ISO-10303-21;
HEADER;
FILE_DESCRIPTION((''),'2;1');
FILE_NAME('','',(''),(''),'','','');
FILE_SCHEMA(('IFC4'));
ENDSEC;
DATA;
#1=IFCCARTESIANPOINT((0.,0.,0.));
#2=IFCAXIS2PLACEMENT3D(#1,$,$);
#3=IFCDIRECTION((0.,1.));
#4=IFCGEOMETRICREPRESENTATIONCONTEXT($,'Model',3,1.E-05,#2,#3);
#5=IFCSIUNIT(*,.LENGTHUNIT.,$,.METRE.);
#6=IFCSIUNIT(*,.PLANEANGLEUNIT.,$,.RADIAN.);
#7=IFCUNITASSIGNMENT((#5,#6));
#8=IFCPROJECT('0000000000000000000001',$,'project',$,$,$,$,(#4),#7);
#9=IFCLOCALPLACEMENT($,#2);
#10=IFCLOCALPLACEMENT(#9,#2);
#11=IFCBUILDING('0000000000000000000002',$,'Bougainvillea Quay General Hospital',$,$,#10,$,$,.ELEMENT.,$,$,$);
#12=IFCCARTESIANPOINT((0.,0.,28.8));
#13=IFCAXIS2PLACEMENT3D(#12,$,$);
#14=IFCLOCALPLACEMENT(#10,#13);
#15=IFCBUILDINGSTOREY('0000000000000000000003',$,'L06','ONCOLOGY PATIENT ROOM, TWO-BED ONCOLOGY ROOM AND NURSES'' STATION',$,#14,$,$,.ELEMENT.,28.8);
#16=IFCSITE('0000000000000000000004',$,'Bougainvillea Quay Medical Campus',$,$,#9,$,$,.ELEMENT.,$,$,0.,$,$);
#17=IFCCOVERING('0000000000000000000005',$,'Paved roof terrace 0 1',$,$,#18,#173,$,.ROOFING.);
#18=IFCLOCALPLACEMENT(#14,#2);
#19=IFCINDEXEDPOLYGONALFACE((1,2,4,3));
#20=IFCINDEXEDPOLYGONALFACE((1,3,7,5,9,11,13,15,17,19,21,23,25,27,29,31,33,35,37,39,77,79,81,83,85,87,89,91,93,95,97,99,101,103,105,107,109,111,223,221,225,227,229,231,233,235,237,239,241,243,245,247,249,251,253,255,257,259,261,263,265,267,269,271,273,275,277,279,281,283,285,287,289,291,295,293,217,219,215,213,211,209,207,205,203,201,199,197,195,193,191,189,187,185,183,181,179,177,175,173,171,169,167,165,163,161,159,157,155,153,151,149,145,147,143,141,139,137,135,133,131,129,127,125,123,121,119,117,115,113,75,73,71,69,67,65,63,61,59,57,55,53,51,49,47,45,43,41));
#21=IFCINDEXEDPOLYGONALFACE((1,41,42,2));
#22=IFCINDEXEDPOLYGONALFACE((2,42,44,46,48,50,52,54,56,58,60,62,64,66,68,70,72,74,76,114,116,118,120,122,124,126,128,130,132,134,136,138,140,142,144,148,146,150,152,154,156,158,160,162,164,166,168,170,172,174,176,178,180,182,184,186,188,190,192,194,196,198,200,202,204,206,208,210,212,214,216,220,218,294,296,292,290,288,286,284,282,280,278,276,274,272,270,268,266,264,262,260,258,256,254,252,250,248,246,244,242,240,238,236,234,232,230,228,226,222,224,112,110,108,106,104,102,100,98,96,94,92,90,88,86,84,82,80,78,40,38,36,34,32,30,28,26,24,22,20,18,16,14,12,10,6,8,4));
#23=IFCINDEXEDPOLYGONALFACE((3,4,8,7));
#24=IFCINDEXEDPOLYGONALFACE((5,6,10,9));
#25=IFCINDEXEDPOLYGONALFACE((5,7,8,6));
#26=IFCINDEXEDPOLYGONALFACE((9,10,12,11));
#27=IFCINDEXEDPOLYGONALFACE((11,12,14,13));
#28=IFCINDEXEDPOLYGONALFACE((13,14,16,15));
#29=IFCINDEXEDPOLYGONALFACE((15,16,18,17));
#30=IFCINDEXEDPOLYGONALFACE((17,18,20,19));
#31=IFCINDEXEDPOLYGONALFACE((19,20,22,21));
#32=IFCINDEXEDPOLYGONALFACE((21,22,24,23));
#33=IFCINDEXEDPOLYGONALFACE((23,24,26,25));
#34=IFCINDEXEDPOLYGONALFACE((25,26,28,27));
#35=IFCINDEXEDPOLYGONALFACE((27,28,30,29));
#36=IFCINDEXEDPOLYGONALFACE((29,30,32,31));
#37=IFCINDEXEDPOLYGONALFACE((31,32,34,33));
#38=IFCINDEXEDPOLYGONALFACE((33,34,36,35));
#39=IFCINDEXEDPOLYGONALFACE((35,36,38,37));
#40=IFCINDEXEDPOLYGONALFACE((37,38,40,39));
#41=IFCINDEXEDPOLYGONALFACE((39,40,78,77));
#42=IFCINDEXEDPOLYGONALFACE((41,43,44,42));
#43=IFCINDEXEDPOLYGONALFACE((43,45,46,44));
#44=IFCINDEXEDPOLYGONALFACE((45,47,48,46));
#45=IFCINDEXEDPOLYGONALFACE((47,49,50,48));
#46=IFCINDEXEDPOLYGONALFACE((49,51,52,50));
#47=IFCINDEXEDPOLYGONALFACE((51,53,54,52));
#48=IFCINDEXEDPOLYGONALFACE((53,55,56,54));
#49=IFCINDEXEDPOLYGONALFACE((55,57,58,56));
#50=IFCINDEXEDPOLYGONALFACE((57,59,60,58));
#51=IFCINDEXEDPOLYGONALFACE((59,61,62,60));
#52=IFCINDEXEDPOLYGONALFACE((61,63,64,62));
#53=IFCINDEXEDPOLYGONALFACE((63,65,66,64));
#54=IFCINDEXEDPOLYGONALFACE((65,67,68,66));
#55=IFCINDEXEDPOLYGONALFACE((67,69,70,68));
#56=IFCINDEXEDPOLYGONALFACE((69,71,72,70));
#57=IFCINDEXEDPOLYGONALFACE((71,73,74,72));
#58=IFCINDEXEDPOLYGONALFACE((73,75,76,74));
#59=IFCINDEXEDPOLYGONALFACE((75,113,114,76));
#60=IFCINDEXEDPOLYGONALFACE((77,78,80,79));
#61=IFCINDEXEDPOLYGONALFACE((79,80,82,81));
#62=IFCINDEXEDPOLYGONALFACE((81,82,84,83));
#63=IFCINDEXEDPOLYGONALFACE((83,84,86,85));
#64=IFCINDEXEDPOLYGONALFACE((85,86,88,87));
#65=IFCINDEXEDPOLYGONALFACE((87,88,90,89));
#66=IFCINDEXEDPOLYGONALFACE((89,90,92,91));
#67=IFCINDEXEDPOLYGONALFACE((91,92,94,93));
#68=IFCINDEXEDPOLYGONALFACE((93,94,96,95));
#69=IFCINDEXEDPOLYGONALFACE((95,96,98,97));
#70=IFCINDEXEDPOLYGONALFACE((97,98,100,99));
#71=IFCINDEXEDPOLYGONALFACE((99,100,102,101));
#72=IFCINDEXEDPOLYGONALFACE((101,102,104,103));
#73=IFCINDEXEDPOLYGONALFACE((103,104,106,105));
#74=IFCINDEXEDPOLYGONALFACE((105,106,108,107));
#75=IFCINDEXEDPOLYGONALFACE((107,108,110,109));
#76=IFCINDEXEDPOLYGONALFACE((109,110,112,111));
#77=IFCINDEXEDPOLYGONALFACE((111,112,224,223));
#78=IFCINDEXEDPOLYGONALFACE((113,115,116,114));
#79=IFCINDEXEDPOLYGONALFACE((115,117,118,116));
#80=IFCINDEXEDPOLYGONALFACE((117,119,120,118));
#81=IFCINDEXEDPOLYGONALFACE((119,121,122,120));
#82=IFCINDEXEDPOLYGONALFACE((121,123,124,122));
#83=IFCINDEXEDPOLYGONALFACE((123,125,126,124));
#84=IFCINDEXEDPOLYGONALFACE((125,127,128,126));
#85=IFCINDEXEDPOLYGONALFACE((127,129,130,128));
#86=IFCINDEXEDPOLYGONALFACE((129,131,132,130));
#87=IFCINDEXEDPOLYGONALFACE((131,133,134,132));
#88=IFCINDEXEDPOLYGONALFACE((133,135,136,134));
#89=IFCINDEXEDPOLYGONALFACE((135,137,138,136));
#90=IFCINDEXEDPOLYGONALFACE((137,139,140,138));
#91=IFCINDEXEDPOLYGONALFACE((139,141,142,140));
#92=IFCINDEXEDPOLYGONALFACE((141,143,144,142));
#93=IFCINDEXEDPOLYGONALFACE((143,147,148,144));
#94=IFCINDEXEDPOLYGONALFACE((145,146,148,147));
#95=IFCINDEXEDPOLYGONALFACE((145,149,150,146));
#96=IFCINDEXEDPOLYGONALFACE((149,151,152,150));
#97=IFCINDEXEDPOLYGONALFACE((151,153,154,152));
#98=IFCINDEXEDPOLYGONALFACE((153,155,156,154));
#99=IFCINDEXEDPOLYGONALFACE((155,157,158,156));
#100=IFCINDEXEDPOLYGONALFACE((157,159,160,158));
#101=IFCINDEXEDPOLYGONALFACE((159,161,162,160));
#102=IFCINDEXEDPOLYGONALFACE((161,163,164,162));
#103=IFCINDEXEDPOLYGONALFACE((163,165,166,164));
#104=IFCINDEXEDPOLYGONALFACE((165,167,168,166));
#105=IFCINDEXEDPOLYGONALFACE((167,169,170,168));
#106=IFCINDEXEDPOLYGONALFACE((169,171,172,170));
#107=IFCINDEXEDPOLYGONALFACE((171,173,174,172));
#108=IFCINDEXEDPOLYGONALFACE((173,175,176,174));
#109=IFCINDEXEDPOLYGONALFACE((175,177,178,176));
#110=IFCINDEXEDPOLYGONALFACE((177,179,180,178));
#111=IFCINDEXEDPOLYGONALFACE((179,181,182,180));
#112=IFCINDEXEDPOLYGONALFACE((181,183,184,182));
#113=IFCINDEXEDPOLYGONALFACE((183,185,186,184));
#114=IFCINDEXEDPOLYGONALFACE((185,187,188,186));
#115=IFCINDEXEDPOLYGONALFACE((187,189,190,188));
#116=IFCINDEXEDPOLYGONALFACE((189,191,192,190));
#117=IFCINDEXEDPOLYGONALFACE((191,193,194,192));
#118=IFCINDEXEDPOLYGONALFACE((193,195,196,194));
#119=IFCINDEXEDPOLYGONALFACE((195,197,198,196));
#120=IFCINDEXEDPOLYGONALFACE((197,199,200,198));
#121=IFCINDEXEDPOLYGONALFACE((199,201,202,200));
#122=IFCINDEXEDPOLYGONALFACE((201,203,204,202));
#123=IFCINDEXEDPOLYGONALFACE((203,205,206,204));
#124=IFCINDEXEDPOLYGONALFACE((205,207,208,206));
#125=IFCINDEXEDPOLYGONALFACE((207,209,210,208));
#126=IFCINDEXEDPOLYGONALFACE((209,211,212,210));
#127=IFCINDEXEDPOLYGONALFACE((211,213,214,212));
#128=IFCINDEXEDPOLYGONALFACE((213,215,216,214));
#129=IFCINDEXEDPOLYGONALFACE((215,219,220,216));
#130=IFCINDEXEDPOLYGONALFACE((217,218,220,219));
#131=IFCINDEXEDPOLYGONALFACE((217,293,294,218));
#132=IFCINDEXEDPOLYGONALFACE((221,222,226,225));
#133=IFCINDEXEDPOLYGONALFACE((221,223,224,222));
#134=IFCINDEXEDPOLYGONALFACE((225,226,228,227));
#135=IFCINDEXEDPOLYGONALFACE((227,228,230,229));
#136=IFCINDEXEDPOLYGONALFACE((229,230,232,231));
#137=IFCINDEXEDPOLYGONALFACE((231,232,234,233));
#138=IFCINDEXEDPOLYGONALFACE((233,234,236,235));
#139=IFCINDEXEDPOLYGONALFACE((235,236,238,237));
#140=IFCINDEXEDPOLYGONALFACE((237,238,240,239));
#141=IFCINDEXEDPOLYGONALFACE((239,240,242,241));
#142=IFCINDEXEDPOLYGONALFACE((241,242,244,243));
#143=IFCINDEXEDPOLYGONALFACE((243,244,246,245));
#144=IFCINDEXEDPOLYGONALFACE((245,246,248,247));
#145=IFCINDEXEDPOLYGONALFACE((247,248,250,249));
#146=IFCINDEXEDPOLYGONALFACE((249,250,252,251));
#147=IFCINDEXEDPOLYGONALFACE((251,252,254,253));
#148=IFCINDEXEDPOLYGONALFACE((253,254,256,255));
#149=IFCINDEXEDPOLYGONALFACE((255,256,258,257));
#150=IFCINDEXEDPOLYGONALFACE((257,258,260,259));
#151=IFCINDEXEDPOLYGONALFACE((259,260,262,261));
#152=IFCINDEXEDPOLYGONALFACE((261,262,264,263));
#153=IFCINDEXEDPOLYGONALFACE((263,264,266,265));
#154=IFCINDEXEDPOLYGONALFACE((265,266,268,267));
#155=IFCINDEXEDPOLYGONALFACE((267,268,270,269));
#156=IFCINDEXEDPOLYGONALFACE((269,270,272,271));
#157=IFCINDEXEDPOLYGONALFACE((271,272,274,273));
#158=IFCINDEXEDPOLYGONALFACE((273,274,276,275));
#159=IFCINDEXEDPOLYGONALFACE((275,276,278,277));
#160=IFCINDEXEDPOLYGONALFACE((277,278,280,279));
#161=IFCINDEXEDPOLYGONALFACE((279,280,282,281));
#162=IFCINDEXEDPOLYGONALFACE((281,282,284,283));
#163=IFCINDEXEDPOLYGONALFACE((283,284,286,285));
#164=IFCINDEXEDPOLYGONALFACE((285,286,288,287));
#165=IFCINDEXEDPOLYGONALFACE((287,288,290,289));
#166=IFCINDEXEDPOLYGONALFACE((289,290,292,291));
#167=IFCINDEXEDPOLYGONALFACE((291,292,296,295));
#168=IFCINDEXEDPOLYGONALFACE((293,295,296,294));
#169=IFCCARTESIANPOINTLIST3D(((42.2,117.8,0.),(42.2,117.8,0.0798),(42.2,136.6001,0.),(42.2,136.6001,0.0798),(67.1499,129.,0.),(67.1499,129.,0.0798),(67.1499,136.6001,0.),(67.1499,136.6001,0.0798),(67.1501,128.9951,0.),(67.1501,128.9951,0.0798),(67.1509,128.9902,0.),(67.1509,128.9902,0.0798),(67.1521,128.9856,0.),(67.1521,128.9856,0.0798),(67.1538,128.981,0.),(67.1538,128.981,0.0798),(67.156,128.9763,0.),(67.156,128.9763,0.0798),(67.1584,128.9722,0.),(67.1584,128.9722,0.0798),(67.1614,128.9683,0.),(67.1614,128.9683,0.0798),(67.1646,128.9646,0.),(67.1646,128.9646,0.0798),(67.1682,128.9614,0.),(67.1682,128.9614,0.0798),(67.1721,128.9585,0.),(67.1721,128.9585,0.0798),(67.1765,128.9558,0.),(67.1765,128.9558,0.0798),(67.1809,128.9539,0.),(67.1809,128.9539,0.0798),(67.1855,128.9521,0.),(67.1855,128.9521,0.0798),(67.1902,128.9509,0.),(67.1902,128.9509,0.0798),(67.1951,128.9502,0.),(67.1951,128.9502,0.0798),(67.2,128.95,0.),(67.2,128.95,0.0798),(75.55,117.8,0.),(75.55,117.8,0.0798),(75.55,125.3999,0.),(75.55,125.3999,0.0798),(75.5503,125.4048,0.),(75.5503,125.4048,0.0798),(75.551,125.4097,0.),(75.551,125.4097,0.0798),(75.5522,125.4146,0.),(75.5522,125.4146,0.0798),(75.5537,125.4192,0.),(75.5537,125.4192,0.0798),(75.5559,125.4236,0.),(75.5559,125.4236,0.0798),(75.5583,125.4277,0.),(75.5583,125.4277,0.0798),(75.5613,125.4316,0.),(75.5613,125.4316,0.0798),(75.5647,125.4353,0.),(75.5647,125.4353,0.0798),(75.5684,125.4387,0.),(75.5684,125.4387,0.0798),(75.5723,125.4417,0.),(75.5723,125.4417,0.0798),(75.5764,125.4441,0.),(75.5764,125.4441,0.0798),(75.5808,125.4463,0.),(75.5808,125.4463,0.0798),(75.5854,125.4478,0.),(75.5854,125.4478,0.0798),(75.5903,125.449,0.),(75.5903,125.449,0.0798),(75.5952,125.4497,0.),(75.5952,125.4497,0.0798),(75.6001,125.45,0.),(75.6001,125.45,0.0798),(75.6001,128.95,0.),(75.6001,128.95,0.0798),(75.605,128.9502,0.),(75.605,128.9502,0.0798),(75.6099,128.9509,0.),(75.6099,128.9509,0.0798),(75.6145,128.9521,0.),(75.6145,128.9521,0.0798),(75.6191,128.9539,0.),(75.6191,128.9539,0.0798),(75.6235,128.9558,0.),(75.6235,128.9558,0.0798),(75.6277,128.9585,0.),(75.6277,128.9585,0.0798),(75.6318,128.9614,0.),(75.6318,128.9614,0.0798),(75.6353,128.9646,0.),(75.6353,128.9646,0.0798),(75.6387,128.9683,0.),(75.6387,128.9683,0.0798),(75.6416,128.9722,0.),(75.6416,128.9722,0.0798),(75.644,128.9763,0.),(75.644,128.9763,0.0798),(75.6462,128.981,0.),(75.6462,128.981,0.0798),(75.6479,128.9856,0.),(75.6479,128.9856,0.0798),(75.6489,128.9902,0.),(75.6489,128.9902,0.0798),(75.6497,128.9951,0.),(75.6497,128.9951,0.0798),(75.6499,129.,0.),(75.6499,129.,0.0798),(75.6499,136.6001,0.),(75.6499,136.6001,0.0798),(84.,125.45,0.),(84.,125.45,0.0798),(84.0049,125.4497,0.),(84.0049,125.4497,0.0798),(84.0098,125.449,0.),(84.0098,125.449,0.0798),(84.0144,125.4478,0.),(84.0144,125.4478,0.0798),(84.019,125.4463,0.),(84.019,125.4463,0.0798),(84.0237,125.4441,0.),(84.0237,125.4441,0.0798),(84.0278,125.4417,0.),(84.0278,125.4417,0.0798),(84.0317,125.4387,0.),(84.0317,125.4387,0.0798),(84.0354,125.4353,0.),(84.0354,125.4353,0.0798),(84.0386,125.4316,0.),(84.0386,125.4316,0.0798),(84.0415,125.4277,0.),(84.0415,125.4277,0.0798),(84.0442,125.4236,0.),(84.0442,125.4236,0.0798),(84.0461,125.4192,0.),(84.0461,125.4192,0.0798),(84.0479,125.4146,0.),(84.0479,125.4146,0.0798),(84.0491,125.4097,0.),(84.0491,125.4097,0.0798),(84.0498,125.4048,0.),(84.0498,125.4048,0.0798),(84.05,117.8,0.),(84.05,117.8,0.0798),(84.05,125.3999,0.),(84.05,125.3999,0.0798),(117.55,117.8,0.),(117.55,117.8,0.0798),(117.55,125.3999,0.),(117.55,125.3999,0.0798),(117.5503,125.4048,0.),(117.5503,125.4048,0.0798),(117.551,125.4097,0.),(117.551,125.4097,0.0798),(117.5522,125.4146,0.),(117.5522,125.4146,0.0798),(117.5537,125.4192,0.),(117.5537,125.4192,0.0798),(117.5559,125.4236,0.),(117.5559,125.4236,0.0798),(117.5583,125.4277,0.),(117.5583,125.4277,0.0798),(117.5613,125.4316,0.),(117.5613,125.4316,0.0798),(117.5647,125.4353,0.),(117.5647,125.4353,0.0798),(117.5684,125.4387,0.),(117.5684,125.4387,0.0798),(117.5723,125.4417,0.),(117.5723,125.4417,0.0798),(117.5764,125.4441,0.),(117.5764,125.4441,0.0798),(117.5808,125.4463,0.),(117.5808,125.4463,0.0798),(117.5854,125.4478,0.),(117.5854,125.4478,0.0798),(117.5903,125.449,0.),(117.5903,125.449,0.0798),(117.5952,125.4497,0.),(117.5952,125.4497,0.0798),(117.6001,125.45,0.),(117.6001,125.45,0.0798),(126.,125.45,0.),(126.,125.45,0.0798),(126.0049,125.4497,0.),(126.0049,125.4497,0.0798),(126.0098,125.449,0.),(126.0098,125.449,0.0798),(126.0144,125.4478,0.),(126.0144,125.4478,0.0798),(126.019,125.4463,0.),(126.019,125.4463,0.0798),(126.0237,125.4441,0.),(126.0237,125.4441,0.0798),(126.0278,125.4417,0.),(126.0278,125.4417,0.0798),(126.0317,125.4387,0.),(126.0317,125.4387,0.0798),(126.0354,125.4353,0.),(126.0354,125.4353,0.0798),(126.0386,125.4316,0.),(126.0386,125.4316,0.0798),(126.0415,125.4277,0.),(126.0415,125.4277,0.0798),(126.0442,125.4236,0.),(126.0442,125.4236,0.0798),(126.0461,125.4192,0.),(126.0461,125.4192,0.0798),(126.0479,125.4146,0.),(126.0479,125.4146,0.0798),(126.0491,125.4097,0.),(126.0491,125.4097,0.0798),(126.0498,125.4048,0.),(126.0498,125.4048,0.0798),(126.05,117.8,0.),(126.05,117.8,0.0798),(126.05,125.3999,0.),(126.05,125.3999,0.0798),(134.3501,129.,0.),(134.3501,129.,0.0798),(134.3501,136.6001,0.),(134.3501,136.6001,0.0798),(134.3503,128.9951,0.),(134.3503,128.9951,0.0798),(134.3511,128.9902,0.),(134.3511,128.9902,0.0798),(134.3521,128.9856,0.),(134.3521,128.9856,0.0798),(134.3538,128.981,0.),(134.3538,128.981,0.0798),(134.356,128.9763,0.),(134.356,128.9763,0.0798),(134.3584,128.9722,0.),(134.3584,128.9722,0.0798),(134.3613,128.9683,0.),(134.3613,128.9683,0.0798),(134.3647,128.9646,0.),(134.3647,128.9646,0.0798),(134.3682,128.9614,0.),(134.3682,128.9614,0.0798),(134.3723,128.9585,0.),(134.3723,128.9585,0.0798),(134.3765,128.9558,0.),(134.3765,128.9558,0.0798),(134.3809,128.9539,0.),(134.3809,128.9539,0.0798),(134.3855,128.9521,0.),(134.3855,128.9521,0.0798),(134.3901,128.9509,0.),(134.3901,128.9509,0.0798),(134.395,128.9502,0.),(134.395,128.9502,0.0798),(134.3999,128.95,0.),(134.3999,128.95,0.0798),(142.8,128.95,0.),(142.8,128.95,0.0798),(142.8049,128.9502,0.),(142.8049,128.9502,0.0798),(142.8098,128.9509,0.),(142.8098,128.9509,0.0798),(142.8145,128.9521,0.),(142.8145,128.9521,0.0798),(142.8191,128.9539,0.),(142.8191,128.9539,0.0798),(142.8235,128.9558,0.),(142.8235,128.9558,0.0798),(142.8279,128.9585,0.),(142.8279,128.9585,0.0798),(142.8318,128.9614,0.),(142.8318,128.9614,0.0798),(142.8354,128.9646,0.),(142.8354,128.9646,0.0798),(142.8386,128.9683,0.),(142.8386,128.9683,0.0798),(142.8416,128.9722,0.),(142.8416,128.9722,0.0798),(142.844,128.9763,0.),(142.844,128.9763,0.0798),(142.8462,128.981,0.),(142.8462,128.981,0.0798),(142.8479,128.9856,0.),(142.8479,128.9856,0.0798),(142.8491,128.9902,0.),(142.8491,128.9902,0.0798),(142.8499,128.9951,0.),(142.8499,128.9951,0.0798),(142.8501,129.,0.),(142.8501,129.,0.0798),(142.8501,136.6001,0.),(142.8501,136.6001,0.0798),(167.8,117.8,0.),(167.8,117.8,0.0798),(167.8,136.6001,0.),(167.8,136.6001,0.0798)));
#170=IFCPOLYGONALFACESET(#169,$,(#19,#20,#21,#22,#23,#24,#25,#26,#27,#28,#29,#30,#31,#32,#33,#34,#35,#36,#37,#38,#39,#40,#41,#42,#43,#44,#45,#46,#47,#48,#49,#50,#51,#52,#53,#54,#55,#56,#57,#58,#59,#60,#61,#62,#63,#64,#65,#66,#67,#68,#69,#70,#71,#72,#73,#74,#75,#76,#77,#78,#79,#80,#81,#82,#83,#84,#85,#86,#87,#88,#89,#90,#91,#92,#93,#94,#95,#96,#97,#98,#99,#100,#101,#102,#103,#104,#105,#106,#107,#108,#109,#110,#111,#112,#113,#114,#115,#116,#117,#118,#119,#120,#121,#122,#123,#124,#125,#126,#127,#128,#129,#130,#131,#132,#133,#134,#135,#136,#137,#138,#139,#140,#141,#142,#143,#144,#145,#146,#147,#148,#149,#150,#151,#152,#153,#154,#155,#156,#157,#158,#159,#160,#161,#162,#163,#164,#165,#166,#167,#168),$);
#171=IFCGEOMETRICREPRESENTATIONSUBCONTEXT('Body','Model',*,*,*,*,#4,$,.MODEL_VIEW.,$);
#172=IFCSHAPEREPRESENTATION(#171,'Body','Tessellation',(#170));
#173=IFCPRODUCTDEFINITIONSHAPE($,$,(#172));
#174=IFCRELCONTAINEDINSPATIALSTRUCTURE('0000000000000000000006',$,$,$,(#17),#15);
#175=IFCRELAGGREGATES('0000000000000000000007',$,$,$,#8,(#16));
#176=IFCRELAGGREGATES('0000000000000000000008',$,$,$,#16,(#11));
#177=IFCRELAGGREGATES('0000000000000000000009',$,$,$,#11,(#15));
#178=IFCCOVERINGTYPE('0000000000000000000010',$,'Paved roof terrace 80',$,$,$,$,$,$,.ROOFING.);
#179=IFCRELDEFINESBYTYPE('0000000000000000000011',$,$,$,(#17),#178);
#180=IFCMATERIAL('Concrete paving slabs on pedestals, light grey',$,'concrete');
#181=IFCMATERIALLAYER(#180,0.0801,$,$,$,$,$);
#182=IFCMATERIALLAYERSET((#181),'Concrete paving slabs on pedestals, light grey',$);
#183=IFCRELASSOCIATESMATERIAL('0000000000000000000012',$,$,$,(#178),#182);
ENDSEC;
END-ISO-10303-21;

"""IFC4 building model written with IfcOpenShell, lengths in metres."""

from ifc_helpers import new_model, si_unit, direction, frame, origin, place, context, subcontext, project, spatial, polyline, outline, extrude, material, layer, layer_set, type_object, element, save


model = new_model("IFC4")

# Units and contexts
model_context = context("Model", 3, precision=1e-05, world=origin(), true_north=direction((0.0, 1.0)))
body_context = subcontext(model_context, "Body", "Model", "MODEL_VIEW")
ifc_project = project(units=[si_unit("LENGTHUNIT", "METRE"), si_unit("PLANEANGLEUNIT", "RADIAN")], contexts=[model_context])

# Site, building, storey
site_placement = place(None, origin())
site = spatial("IfcSite", under=ifc_project, at=site_placement, Name="Bougainvillea Quay Medical Campus", CompositionType="ELEMENT", RefElevation=0.0)
building_placement = place(site_placement, origin())
building = spatial("IfcBuilding", under=site, at=building_placement, Name="Bougainvillea Quay General Hospital", CompositionType="ELEMENT")
storey_placement = place(building_placement, frame((0.0, 0.0, 28.8)))
storey = spatial("IfcBuildingStorey", under=building, at=storey_placement, Name="L06", Description="ONCOLOGY PATIENT ROOM, TWO-BED ONCOLOGY ROOM AND NURSES' STATION", CompositionType="ELEMENT", Elevation=28.8)

# Covering
ifc_material_1 = material(Name="Concrete paving slabs on pedestals, light grey", Category="concrete")
ifc_layer_1 = layer(ifc_material_1, 0.0801)
ifc_layer_set_1 = layer_set([ifc_layer_1], Name="Concrete paving slabs on pedestals, light grey")
covering_type_1 = type_object("IfcCoveringType", Name="Paved roof terrace 80", PredefinedType="ROOFING", material=ifc_layer_set_1)
covering_1_placement = place(storey_placement, origin())
element("IfcCovering", 1, at=covering_1_placement, inside=storey, type_object=covering_type_1, Name="Paved roof terrace 0 1", PredefinedType="ROOFING", context=body_context, shape_type="SweptSolid", body=[
    extrude(outline(polyline([(126.05, 117.8), (126.05, 125.3999), (126.0498, 125.4048), (126.0491, 125.4097), (126.0479, 125.4146), (126.0461, 125.4192), (126.0442, 125.4236), (126.0415, 125.4277), (126.0386, 125.4316), (126.0354, 125.4353), (126.0317, 125.4387), (126.0278, 125.4417), (126.0237, 125.4441), (126.019, 125.4463), (126.0144, 125.4478), (126.0098, 125.449), (126.0049, 125.4497), (126.0, 125.45), (117.6001, 125.45), (117.5952, 125.4497), (117.5903, 125.449), (117.5854, 125.4478), (117.5808, 125.4463), (117.5764, 125.4441), (117.5723, 125.4417), (117.5684, 125.4387), (117.5647, 125.4353), (117.5613, 125.4316), (117.5583, 125.4277), (117.5559, 125.4236), (117.5537, 125.4192), (117.5522, 125.4146), (117.551, 125.4097), (117.5503, 125.4048), (117.55, 125.3999), (117.55, 117.8), (84.05, 117.8), (84.05, 125.3999), (84.0498, 125.4048), (84.0491, 125.4097), (84.0479, 125.4146), (84.0461, 125.4192), (84.0442, 125.4236), (84.0415, 125.4277), (84.0386, 125.4316), (84.0354, 125.4353), (84.0317, 125.4387), (84.0278, 125.4417), (84.0237, 125.4441), (84.019, 125.4463), (84.0144, 125.4478), (84.0098, 125.449), (84.0049, 125.4497), (84.0, 125.45), (75.6001, 125.45), (75.5952, 125.4497), (75.5903, 125.449), (75.5854, 125.4478), (75.5808, 125.4463), (75.5764, 125.4441), (75.5723, 125.4417), (75.5684, 125.4387), (75.5647, 125.4353), (75.5613, 125.4316), (75.5583, 125.4277), (75.5559, 125.4236), (75.5537, 125.4192), (75.5522, 125.4146), (75.551, 125.4097), (75.5503, 125.4048), (75.55, 125.3999), (75.55, 117.8), (42.2, 117.8), (42.2, 136.6001), (67.1499, 136.6001), (67.1499, 129.0), (67.1501, 128.9951), (67.1509, 128.9902), (67.1521, 128.9856), (67.1538, 128.981), (67.156, 128.9763), (67.1584, 128.9722), (67.1614, 128.9683), (67.1646, 128.9646), (67.1682, 128.9614), (67.1721, 128.9585), (67.1765, 128.9558), (67.1809, 128.9539), (67.1855, 128.9521), (67.1902, 128.9509), (67.1951, 128.9502), (67.2, 128.95), (75.6001, 128.95), (75.605, 128.9502), (75.6099, 128.9509), (75.6145, 128.9521), (75.6191, 128.9539), (75.6235, 128.9558), (75.6277, 128.9585), (75.6318, 128.9614), (75.6353, 128.9646), (75.6387, 128.9683), (75.6416, 128.9722), (75.644, 128.9763), (75.6462, 128.981), (75.6479, 128.9856), (75.6489, 128.9902), (75.6497, 128.9951), (75.6499, 129.0), (75.6499, 136.6001), (134.3501, 136.6001), (134.3501, 129.0), (134.3503, 128.9951), (134.3511, 128.9902), (134.3521, 128.9856), (134.3538, 128.981), (134.356, 128.9763), (134.3584, 128.9722), (134.3613, 128.9683), (134.3647, 128.9646), (134.3682, 128.9614), (134.3723, 128.9585), (134.3765, 128.9558), (134.3809, 128.9539), (134.3855, 128.9521), (134.3901, 128.9509), (134.395, 128.9502), (134.3999, 128.95), (142.8, 128.95), (142.8049, 128.9502), (142.8098, 128.9509), (142.8145, 128.9521), (142.8191, 128.9539), (142.8235, 128.9558), (142.8279, 128.9585), (142.8318, 128.9614), (142.8354, 128.9646), (142.8386, 128.9683), (142.8416, 128.9722), (142.844, 128.9763), (142.8462, 128.981), (142.8479, 128.9856), (142.8491, 128.9902), (142.8499, 128.9951), (142.8501, 129.0), (142.8501, 136.6001), (167.8, 136.6001), (167.8, 117.8), (126.05, 117.8)])), origin(), (0.0, 0.0, 1.0), 0.0798),
])

save(model, "model.ifc")
